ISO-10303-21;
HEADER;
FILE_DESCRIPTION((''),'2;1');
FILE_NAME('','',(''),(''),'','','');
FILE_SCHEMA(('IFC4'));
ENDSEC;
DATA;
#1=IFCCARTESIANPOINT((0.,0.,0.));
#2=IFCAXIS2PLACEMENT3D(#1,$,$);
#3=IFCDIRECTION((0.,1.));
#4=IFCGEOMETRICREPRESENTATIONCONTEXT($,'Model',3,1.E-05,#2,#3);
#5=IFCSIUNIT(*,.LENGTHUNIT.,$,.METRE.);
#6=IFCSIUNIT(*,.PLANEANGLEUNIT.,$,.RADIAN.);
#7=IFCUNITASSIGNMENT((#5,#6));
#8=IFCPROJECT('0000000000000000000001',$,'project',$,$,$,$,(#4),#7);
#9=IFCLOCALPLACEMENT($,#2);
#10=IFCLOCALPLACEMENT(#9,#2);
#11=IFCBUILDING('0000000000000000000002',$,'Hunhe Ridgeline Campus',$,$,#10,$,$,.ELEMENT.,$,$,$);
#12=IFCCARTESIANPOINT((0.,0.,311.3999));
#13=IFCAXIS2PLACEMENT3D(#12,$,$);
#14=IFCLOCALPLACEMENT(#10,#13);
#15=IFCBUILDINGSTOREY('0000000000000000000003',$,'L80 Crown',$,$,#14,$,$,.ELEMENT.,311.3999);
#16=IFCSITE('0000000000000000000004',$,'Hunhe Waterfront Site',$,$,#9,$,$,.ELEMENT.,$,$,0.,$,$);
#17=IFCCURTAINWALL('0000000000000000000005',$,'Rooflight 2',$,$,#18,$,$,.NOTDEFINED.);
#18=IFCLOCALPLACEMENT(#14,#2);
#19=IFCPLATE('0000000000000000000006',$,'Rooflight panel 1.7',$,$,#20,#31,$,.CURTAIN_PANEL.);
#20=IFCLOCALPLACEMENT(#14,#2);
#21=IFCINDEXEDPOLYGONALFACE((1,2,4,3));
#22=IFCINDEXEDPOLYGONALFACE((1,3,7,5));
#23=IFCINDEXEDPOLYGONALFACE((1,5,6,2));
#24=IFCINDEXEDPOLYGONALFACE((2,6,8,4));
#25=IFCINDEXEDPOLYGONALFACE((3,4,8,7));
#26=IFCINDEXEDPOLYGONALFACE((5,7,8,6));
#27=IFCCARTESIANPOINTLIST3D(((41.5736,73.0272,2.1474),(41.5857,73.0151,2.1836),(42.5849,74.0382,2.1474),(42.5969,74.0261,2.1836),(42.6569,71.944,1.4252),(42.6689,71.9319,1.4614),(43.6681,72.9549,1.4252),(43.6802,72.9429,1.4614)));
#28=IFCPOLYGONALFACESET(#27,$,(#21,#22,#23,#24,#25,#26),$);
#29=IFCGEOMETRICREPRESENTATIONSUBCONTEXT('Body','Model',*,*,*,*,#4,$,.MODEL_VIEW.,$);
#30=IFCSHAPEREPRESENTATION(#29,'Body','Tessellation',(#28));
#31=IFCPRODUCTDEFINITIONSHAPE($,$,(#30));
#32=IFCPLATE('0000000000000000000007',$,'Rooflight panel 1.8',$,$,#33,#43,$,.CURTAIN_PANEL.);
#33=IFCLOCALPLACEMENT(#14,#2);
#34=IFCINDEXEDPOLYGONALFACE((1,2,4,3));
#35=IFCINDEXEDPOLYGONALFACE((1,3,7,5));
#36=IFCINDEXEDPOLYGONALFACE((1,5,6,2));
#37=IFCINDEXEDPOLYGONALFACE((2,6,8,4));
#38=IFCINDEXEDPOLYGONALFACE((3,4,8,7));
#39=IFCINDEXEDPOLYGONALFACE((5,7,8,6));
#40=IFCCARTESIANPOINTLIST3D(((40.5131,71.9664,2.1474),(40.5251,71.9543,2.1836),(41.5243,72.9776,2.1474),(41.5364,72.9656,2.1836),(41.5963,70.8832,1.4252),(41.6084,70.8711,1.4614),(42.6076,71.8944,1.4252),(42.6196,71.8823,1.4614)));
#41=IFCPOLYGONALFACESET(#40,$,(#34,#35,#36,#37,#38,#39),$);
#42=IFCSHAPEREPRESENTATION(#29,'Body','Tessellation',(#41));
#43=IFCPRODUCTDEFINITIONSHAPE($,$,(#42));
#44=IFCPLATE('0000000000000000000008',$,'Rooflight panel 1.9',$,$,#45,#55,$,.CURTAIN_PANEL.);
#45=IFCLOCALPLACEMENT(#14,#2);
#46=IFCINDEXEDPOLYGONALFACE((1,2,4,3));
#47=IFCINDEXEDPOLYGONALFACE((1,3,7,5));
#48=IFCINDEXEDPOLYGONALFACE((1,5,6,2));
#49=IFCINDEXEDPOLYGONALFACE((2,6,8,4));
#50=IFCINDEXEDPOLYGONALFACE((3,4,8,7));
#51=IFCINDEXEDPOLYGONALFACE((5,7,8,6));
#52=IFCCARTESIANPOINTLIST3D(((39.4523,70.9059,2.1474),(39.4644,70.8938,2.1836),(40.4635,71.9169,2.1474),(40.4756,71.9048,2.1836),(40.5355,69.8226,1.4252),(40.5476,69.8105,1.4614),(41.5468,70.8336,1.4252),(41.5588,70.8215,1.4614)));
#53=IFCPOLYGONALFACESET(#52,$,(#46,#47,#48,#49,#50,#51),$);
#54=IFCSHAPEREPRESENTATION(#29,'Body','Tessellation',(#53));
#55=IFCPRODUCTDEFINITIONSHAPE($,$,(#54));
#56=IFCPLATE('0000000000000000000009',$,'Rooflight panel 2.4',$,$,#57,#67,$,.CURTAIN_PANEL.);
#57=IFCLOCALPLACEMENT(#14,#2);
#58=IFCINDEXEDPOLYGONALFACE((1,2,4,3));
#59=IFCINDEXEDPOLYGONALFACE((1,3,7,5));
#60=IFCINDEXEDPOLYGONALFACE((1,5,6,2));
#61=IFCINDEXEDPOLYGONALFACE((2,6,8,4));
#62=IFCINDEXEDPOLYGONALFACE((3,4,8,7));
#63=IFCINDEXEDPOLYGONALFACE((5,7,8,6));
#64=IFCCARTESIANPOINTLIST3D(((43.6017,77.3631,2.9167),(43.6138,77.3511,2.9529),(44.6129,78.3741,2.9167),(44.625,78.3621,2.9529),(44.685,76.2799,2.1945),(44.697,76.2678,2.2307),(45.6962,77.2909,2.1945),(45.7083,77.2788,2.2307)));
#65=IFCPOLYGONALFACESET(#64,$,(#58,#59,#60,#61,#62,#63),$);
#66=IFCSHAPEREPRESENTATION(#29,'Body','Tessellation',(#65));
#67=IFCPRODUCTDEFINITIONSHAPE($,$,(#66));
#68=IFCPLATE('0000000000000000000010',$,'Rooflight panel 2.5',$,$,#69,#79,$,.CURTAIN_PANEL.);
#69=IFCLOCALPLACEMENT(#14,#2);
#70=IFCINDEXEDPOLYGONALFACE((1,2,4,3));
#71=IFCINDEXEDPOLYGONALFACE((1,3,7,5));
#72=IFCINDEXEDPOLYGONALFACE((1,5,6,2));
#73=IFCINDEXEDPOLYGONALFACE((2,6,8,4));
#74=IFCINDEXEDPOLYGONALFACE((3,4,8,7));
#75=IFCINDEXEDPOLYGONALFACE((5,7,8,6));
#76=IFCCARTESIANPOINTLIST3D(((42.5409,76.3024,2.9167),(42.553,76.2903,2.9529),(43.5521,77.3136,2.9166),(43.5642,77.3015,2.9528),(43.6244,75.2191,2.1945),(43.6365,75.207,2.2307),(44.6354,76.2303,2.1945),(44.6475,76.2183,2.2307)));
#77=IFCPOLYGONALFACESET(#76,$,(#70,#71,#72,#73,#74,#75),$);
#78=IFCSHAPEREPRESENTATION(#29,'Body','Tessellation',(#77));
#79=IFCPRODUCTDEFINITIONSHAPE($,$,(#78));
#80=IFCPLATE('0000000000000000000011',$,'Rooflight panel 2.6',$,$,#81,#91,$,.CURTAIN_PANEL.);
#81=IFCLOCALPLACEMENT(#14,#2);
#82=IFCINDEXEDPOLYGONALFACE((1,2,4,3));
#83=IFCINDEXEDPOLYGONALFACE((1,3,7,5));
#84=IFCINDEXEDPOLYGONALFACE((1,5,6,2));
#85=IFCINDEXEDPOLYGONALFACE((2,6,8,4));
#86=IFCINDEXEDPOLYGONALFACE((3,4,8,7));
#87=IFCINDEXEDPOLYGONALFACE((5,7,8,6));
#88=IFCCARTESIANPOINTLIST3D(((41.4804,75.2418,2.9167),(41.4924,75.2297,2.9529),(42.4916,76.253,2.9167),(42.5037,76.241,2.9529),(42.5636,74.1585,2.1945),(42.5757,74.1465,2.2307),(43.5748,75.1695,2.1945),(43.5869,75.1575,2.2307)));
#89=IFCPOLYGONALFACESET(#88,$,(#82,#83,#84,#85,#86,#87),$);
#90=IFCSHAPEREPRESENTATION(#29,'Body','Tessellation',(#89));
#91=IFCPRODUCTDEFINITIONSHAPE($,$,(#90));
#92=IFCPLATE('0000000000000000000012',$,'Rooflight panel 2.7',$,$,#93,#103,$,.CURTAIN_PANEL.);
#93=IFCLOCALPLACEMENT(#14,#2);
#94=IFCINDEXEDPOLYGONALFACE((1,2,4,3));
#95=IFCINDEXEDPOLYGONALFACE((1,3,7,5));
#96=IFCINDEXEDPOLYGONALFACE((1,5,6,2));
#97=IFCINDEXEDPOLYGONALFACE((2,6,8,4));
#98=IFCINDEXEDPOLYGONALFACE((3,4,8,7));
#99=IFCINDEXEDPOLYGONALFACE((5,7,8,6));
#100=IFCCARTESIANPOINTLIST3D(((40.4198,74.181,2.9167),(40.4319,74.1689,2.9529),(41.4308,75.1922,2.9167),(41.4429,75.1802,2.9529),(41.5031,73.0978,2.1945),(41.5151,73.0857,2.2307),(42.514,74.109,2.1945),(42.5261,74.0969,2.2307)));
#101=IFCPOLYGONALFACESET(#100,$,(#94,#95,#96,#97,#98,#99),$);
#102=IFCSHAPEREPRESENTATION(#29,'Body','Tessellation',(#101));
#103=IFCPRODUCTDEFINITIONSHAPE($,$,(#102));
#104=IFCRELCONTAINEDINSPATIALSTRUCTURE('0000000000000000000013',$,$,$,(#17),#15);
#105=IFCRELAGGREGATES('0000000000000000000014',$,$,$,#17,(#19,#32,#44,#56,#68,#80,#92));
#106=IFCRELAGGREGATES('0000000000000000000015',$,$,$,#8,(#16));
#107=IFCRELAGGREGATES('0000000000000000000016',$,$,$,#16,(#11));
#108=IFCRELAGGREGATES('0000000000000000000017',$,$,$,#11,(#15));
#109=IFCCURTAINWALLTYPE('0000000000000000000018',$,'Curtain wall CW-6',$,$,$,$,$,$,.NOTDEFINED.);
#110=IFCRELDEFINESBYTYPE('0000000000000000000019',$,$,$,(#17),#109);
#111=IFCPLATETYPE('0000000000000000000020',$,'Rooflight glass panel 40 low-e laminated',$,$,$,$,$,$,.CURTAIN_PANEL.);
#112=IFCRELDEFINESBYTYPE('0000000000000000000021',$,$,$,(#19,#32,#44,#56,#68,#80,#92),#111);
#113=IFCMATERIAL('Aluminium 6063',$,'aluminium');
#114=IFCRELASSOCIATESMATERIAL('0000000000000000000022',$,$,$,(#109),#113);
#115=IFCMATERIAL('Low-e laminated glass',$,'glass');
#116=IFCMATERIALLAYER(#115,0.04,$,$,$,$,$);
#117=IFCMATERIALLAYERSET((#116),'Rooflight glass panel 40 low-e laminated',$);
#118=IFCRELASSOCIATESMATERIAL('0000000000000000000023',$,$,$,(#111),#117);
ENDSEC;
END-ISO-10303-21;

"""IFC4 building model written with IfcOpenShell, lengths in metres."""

from ifc_helpers import new_model, si_unit, direction, frame, origin, place, context, subcontext, project, spatial, polyline, outline, extrude, material, layer, layer_set, type_object, element, aggregate, save


model = new_model("IFC4")

# Units and contexts
model_context = context("Model", 3, precision=1e-05, world=origin(), true_north=direction((0.0, 1.0)))
body_context = subcontext(model_context, "Body", "Model", "MODEL_VIEW")
ifc_project = project(units=[si_unit("LENGTHUNIT", "METRE"), si_unit("PLANEANGLEUNIT", "RADIAN")], contexts=[model_context])

# Site, building, storey
site_placement = place(None, origin())
site = spatial("IfcSite", under=ifc_project, at=site_placement, Name="Hunhe Waterfront Site", CompositionType="ELEMENT", RefElevation=0.0)
building_placement = place(site_placement, origin())
building = spatial("IfcBuilding", under=site, at=building_placement, Name="Hunhe Ridgeline Campus", CompositionType="ELEMENT")
storey_placement = place(building_placement, frame((0.0, 0.0, 311.3999)))
storey = spatial("IfcBuildingStorey", under=building, at=storey_placement, Name="L80 Crown", CompositionType="ELEMENT", Elevation=311.3999)

# Curtain wall, plates
ifc_material_1 = material(Name="Aluminium 6063", Category="aluminium")
curtain_wall_type = type_object("IfcCurtainWallType", Name="Curtain wall CW-6", PredefinedType="NOTDEFINED", material=ifc_material_1)
curtain_wall_placement = place(storey_placement, origin())
curtain_wall = element("IfcCurtainWall", 1, at=curtain_wall_placement, inside=storey, type_object=curtain_wall_type, Name="Rooflight 2", PredefinedType="NOTDEFINED")
ifc_material_2 = material(Name="Low-e laminated glass", Category="glass")
ifc_layer = layer(ifc_material_2, 0.04)
ifc_layer_set = layer_set([ifc_layer], Name="Rooflight glass panel 40 low-e laminated")
plate_type = type_object("IfcPlateType", Name="Rooflight glass panel 40 low-e laminated", PredefinedType="CURTAIN_PANEL", material=ifc_layer_set)
plate_1_placement = place(storey_placement, frame((43.6802, 72.9429, 1.4614), z_axis=(0.301475, -0.301548, 0.904534), x_axis=(-0.639602, 0.639602, 0.426401)))
plate_1 = element("IfcPlate", 2, at=plate_1_placement, type_object=plate_type, Name="Rooflight panel 1.7", PredefinedType="CURTAIN_PANEL", context=body_context, shape_type="SweptSolid", body=[
    extrude(outline(polyline([(0.0, 0.0), (1.6936, 0.0), (1.6938, 1.4299), (0.0002, 1.4299), (0.0, 0.0)])), origin(), (0.0, 0.0, -1.0), 0.04),
])
plate_2_placement = place(storey_placement, frame((42.6196, 71.8823, 1.4614), z_axis=(0.301511, -0.301511, 0.904534), x_axis=(-0.639602, 0.639602, 0.426401)))
plate_2 = element("IfcPlate", 3, at=plate_2_placement, type_object=plate_type, Name="Rooflight panel 1.8", PredefinedType="CURTAIN_PANEL", context=body_context, shape_type="SweptSolid", body=[
    extrude(outline(polyline([(0.0, 0.0), (1.6936, 0.0), (1.6936, 1.4301), (0.0, 1.4301), (0.0, 0.0)])), origin(), (0.0, 0.0, -1.0), 0.04),
])
plate_3_placement = place(storey_placement, frame((41.5588, 70.8215, 1.4614), z_axis=(0.301475, -0.301548, 0.904534), x_axis=(-0.639602, 0.639602, 0.426401)))
plate_3 = element("IfcPlate", 4, at=plate_3_placement, type_object=plate_type, Name="Rooflight panel 1.9", PredefinedType="CURTAIN_PANEL", context=body_context, shape_type="SweptSolid", body=[
    extrude(outline(polyline([(0.0, 0.0), (1.6936, 0.0), (1.6938, 1.4299), (0.0002, 1.4299), (0.0, 0.0)])), origin(), (0.0, 0.0, -1.0), 0.04),
])
plate_4_placement = place(storey_placement, frame((45.7083, 77.2788, 2.2307), z_axis=(0.301475, -0.301548, 0.904534), x_axis=(-0.639602, 0.639602, 0.426401)))
plate_4 = element("IfcPlate", 5, at=plate_4_placement, type_object=plate_type, Name="Rooflight panel 2.4", PredefinedType="CURTAIN_PANEL", context=body_context, shape_type="SweptSolid", body=[
    extrude(outline(polyline([(0.0, 0.0), (1.6936, 0.0), (1.6938, 1.4299), (0.0002, 1.4299), (0.0, 0.0)])), origin(), (0.0, 0.0, -1.0), 0.04),
])
plate_5_placement = place(storey_placement, frame((44.6475, 76.2183, 2.2307), z_axis=(0.301516, -0.301479, 0.904543), x_axis=(-0.639609, 0.639609, 0.426382)))
plate_5 = element("IfcPlate", 6, at=plate_5_placement, type_object=plate_type, Name="Rooflight panel 2.5", PredefinedType="CURTAIN_PANEL", context=body_context, shape_type="SweptSolid", body=[
    extrude(outline(polyline([(0.0, 0.0), (1.6936, 0.0), (1.6936, 1.4301), (-0.0002, 1.4299), (0.0, 0.0)])), origin(), (0.0, 0.0, -1.0), 0.04),
])
plate_6_placement = place(storey_placement, frame((43.5869, 75.1575, 2.2307), z_axis=(0.301479, -0.301516, 0.904543), x_axis=(-0.639537, 0.639681, 0.426382)))
plate_6 = element("IfcPlate", 7, at=plate_6_placement, type_object=plate_type, Name="Rooflight panel 2.6", PredefinedType="CURTAIN_PANEL", context=body_context, shape_type="SweptSolid", body=[
    extrude(outline(polyline([(0.0, 0.0), (1.6938, 0.0), (1.6936, 1.4301), (0.0, 1.4299), (0.0, 0.0)])), origin(), (0.0, 0.0, -1.0), 0.04),
])
plate_7_placement = place(storey_placement, frame((42.5261, 74.0969, 2.2307), z_axis=(0.301548, -0.301475, 0.904534), x_axis=(-0.639602, 0.639602, 0.426401)))
plate_7 = element("IfcPlate", 8, at=plate_7_placement, type_object=plate_type, Name="Rooflight panel 2.7", PredefinedType="CURTAIN_PANEL", context=body_context, shape_type="SweptSolid", body=[
    extrude(outline(polyline([(0.0, 0.0), (1.6936, 0.0), (1.6935, 1.4299), (-0.0002, 1.4299), (0.0, 0.0)])), origin(), (0.0, 0.0, -1.0), 0.04),
])
aggregate(curtain_wall, [plate_1, plate_2, plate_3, plate_4, plate_5, plate_6, plate_7])

save(model, "model.ifc")
